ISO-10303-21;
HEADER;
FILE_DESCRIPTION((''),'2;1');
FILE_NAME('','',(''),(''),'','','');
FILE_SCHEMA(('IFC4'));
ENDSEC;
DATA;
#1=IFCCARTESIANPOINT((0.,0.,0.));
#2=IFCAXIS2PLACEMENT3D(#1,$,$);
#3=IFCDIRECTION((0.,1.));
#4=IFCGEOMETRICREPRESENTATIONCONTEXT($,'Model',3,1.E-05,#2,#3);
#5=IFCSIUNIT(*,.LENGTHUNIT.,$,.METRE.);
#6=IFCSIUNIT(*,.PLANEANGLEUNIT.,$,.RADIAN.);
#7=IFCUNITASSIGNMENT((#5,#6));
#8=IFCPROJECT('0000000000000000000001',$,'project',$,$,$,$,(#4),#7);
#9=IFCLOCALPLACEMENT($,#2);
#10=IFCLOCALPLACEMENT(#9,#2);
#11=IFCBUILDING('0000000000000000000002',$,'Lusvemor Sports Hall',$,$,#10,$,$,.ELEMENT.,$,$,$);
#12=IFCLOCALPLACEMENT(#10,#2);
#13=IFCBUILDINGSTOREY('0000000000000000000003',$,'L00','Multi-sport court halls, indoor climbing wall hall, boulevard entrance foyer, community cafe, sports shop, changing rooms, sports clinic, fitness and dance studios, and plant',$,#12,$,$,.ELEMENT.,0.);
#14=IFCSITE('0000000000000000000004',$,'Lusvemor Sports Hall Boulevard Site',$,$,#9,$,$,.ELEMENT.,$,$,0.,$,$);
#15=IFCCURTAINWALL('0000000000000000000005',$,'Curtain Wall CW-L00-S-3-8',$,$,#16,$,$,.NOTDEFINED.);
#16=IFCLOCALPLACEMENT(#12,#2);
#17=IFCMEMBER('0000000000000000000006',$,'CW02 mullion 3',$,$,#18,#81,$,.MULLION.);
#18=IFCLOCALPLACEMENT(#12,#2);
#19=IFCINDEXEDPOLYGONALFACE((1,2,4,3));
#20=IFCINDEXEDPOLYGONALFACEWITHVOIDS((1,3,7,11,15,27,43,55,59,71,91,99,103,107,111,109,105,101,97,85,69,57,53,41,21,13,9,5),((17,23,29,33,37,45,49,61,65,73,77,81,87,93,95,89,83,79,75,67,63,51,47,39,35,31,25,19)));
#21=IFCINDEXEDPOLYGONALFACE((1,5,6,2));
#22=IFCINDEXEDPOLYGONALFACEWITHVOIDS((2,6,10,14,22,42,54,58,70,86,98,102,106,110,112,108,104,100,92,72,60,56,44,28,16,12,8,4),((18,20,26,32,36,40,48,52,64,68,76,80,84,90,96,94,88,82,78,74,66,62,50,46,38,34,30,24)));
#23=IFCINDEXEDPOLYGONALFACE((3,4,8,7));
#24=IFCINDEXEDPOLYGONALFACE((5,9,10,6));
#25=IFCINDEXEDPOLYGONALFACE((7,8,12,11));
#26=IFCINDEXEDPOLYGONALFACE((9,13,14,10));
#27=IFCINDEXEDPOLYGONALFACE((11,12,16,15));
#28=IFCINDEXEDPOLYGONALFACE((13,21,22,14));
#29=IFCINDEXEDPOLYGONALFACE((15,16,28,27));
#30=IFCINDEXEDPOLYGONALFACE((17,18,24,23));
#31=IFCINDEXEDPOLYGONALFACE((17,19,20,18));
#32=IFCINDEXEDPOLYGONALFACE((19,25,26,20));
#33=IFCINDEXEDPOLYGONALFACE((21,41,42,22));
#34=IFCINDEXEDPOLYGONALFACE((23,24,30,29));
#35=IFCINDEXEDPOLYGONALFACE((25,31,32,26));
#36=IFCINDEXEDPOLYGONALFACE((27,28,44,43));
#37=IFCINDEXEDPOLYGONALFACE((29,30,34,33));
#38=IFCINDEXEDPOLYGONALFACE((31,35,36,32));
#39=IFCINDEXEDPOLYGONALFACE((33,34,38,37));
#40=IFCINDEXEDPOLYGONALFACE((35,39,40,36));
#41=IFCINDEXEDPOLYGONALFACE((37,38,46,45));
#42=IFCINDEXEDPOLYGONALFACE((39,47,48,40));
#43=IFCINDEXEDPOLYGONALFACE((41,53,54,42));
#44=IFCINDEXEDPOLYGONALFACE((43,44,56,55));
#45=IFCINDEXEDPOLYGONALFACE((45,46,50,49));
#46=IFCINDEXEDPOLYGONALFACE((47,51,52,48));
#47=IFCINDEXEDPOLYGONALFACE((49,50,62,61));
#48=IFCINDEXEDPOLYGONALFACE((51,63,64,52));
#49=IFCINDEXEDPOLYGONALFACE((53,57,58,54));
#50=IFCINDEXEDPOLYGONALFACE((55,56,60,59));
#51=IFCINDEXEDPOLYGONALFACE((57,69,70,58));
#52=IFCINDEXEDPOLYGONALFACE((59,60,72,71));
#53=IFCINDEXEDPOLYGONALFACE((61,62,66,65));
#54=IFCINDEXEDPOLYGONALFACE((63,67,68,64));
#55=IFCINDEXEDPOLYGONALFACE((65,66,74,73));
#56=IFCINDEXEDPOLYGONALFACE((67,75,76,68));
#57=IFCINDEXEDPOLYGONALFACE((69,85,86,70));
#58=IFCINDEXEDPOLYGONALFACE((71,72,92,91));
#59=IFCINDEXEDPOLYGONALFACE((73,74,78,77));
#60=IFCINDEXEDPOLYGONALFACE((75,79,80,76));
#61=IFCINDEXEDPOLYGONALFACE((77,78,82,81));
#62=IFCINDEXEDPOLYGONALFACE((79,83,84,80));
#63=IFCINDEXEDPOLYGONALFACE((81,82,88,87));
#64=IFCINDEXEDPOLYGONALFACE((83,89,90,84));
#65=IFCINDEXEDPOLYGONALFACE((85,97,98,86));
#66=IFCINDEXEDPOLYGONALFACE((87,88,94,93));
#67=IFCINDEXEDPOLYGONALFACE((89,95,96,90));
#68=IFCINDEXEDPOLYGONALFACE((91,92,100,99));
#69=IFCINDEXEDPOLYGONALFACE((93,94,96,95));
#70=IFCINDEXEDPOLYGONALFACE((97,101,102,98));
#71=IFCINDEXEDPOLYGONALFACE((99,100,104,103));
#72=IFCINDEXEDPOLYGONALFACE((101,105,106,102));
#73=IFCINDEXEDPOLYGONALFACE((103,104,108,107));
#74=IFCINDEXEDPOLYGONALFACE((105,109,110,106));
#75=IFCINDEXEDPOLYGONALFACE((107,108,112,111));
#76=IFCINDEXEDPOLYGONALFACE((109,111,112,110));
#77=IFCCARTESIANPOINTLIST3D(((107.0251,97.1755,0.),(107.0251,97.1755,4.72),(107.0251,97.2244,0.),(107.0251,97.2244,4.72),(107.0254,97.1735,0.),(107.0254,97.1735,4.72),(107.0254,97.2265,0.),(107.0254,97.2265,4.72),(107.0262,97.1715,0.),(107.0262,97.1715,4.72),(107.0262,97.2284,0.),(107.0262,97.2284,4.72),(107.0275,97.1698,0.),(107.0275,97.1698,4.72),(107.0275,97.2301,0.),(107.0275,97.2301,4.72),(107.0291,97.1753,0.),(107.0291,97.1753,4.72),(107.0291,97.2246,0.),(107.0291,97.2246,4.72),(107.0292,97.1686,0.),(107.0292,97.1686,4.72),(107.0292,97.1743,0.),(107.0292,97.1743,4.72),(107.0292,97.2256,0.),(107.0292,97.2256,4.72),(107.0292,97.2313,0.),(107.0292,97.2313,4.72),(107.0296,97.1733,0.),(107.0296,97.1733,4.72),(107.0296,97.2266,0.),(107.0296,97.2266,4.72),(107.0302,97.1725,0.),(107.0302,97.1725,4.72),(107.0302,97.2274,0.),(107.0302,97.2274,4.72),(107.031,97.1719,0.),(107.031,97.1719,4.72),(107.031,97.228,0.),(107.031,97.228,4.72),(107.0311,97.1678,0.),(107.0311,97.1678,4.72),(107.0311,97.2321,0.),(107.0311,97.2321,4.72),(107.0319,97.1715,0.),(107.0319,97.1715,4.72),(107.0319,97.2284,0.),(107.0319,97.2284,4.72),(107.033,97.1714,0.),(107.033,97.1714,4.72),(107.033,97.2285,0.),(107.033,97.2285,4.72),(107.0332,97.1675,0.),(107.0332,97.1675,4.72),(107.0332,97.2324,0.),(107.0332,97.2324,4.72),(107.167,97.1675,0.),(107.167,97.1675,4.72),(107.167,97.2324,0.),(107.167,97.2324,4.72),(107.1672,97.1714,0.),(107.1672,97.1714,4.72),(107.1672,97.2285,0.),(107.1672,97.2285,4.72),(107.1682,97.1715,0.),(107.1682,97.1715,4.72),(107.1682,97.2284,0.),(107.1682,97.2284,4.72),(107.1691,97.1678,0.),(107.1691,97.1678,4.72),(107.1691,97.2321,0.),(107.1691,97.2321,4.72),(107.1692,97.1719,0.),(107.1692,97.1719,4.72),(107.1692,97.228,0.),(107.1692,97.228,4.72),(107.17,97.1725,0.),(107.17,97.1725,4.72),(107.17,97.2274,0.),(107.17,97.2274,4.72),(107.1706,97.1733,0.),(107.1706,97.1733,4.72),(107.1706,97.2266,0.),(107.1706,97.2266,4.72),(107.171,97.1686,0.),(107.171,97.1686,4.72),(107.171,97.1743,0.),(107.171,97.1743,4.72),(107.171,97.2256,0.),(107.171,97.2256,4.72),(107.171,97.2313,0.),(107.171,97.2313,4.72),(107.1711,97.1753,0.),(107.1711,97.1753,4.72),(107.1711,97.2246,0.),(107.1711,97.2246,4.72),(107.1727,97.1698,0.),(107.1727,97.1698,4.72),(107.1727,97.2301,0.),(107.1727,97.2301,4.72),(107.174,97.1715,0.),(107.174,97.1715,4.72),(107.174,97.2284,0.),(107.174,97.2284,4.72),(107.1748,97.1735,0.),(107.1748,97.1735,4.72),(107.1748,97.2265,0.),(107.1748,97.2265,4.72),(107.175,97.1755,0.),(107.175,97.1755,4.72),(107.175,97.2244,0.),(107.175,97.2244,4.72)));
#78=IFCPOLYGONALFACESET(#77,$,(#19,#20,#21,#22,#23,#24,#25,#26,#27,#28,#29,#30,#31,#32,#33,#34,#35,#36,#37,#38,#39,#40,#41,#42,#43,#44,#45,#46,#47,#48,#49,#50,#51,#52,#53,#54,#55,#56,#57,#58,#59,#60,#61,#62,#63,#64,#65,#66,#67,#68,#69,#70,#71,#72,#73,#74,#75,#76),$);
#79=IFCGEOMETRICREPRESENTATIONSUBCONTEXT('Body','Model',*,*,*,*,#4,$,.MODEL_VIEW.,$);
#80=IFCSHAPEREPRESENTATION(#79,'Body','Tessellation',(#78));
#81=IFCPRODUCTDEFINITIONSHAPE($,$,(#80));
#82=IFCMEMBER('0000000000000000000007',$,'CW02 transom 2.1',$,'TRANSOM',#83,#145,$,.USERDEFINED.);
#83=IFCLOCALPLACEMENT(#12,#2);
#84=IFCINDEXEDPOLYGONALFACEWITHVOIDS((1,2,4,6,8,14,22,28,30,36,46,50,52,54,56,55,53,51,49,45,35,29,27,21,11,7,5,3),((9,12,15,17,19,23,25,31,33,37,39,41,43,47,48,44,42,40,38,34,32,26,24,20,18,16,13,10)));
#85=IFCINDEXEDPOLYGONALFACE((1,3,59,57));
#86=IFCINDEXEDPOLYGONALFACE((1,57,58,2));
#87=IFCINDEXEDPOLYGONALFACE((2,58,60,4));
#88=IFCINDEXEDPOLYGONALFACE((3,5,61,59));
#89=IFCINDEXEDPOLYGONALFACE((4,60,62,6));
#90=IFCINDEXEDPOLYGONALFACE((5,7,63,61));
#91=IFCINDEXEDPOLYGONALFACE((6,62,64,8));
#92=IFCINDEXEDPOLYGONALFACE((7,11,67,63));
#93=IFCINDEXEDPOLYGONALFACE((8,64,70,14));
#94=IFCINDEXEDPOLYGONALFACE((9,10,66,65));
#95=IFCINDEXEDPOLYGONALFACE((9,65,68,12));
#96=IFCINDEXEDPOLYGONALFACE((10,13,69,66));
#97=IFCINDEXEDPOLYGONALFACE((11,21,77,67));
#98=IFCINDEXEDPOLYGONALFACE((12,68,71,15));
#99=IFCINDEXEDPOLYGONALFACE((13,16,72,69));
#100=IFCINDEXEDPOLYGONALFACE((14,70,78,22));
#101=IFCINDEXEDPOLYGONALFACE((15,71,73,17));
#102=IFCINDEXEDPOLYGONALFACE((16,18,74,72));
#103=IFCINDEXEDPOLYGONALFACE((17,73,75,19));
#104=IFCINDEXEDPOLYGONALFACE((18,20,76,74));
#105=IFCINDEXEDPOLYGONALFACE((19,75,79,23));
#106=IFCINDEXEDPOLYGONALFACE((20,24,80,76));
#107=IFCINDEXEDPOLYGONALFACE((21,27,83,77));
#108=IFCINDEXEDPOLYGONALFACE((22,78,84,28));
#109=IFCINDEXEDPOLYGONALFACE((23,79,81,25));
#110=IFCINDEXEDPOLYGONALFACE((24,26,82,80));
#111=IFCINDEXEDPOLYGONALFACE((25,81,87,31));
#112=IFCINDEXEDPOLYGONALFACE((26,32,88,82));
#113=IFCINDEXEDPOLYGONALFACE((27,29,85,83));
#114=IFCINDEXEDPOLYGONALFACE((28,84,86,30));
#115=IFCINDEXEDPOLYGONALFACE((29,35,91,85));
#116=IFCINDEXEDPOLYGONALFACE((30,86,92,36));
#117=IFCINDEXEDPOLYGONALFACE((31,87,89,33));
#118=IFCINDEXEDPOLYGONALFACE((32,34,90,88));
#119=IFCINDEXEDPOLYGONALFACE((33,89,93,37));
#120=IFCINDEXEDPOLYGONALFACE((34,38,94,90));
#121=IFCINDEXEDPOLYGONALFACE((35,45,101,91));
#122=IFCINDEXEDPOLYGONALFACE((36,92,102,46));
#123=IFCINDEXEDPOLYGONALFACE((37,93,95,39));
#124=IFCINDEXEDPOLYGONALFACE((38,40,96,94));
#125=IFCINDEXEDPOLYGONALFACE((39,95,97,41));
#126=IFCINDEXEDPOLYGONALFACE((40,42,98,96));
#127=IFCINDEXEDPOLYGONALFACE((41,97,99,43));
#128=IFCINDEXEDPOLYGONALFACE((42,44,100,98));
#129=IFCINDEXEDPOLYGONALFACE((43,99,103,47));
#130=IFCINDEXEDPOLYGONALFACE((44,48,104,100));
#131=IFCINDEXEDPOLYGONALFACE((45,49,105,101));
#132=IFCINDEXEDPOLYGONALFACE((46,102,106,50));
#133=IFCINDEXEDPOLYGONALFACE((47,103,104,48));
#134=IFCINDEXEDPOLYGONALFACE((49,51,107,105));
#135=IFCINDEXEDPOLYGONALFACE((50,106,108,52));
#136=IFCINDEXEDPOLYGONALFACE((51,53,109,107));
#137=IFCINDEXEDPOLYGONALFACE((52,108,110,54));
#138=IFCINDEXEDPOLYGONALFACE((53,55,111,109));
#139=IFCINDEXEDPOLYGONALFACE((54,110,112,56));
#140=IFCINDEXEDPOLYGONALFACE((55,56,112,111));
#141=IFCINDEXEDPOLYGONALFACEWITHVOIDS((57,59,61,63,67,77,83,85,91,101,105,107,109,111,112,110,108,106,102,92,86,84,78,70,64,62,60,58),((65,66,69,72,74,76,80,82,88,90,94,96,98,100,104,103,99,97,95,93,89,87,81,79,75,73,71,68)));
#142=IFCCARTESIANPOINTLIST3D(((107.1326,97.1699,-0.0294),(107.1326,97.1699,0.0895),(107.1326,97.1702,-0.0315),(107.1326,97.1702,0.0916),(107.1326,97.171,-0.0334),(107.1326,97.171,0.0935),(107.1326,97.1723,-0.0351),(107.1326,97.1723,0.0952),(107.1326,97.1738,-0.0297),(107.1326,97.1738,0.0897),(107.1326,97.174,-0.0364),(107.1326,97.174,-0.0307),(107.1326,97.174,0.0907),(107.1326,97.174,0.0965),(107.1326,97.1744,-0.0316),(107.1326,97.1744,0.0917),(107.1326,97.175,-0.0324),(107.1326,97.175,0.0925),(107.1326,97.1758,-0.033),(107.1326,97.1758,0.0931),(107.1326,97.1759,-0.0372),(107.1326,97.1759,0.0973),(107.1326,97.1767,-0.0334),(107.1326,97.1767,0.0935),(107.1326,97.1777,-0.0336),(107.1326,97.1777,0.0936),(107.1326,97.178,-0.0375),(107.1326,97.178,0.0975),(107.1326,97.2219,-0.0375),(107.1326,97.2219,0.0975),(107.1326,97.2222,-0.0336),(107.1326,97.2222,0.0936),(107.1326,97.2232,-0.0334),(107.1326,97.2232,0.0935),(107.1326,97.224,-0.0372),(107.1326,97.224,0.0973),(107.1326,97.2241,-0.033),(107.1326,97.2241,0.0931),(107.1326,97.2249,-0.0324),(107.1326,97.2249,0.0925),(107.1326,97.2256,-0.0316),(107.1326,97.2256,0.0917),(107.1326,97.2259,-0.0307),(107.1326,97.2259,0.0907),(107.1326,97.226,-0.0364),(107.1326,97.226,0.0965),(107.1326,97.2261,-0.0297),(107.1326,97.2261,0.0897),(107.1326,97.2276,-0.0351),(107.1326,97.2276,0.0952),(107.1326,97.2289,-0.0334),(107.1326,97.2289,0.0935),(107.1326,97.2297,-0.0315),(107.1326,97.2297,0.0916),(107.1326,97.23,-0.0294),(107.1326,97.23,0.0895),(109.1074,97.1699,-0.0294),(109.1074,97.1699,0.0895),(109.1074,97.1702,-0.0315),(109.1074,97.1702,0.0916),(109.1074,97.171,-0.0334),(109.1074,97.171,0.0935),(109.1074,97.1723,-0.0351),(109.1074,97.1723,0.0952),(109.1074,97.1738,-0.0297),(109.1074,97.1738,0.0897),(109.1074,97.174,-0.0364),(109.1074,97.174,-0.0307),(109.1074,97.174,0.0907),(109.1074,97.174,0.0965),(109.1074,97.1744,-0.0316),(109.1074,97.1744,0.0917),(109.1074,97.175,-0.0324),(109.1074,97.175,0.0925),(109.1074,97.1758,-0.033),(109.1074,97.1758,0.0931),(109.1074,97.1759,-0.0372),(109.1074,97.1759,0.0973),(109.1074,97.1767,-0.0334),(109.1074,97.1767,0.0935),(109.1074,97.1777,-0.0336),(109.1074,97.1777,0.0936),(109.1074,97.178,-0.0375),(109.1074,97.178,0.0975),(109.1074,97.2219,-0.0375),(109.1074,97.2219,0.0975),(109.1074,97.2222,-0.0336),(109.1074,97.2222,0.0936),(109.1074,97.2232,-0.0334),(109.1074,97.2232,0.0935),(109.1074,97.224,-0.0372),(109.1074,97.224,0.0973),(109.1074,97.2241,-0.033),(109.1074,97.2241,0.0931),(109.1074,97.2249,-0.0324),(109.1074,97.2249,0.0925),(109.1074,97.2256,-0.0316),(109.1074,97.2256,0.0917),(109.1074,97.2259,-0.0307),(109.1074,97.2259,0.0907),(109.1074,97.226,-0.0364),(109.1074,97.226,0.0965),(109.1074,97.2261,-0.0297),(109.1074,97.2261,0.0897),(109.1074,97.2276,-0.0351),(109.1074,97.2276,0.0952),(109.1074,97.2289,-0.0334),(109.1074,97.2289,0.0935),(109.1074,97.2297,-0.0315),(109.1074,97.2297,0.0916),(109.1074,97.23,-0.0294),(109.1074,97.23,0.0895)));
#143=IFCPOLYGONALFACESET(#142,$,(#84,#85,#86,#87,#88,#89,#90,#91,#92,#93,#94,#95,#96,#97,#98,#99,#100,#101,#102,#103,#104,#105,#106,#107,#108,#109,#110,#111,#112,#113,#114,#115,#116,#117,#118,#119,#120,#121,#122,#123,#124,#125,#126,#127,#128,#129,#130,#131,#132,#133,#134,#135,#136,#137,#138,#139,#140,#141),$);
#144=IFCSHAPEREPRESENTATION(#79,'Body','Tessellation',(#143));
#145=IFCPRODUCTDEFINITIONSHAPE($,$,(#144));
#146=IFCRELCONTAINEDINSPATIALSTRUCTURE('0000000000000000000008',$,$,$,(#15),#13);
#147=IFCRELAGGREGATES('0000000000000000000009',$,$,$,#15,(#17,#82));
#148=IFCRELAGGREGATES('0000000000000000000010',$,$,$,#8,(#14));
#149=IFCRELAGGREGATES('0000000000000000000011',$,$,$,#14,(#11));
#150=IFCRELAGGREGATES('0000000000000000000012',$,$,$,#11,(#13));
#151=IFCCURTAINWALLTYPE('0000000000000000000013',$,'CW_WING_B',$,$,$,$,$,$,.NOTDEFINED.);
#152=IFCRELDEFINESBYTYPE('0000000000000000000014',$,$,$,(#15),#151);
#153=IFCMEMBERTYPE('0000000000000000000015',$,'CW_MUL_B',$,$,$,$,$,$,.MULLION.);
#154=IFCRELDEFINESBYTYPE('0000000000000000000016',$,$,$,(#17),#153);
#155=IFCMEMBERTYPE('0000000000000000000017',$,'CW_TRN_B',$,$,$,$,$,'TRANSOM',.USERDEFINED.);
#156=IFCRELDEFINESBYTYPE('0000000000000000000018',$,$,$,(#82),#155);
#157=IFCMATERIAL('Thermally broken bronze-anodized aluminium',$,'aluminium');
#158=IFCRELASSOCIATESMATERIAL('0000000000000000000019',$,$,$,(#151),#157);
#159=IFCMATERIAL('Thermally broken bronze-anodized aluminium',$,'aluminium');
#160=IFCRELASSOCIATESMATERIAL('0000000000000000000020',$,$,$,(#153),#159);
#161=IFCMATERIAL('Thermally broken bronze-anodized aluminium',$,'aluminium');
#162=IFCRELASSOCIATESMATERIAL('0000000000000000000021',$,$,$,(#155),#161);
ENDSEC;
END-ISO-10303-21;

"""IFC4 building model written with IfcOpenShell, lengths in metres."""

from ifc_helpers import new_model, si_unit, direction, frame, origin, origin_2d, place, context, subcontext, project, spatial, hollow_rectangle, extrude, material, material_profile, profile_set, type_object, element, aggregate, save


model = new_model("IFC4")

# Units and contexts
model_context = context("Model", 3, precision=1e-05, world=origin(), true_north=direction((0.0, 1.0)))
body_context = subcontext(model_context, "Body", "Model", "MODEL_VIEW")
ifc_project = project(units=[si_unit("LENGTHUNIT", "METRE"), si_unit("PLANEANGLEUNIT", "RADIAN")], contexts=[model_context])

# Site, building, storey
site_placement = place(None, origin())
site = spatial("IfcSite", under=ifc_project, at=site_placement, Name="Lusvemor Sports Hall Boulevard Site", CompositionType="ELEMENT", RefElevation=0.0)
building_placement = place(site_placement, origin())
building = spatial("IfcBuilding", under=site, at=building_placement, Name="Lusvemor Sports Hall", CompositionType="ELEMENT")
storey_placement = place(building_placement, origin())
storey = spatial("IfcBuildingStorey", under=building, at=storey_placement, Name="L00", Description="Multi-sport court halls, indoor climbing wall hall, boulevard entrance foyer, community cafe, sports shop, changing rooms, sports clinic, fitness and dance studios, and plant", CompositionType="ELEMENT", Elevation=0.0)

# Curtain wall, members
ifc_material_1 = material(Name="Thermally broken bronze-anodized aluminium", Category="aluminium")
curtain_wall_type = type_object("IfcCurtainWallType", Name="CW_WING_B", PredefinedType="NOTDEFINED", material=ifc_material_1)
curtain_wall_placement = place(storey_placement, origin())
curtain_wall = element("IfcCurtainWall", 1, at=curtain_wall_placement, inside=storey, type_object=curtain_wall_type, Name="Curtain Wall CW-L00-S-3-8", PredefinedType="NOTDEFINED")
ifc_material_2 = material(Name="Thermally broken bronze-anodized aluminium", Category="aluminium")
ifc_material_profile_1 = material_profile(ifc_material_2, hollow_rectangle(XDim=0.0649, YDim=0.1499, WallThickness=0.0039, InnerFilletRadius=0.0039, OuterFilletRadius=0.0081, at=origin_2d()), Name="CWMUL150x65x4")
ifc_profile_set_1 = profile_set([ifc_material_profile_1], Name="Thermally broken bronze-anodized aluminium")
member_type_1 = type_object("IfcMemberType", Name="CW_MUL_B", PredefinedType="MULLION", material=ifc_profile_set_1)
member_1_placement = place(storey_placement, frame((107.1001, 97.2, 0.0), z_axis=(0.0, 0.0, 1.0), x_axis=(0.0, -1.0, 0.0)))
member_1 = element("IfcMember", 2, at=member_1_placement, type_object=member_type_1, Name="CW02 mullion 3", PredefinedType="MULLION", context=body_context, shape_type="SweptSolid", body=[
    extrude(hollow_rectangle(XDim=0.0649, YDim=0.1499, WallThickness=0.0039, InnerFilletRadius=0.0039, OuterFilletRadius=0.0081, at=origin_2d()), origin(), (0.0, 0.0, 1.0), 4.72),
])
ifc_material_3 = material(Name="Thermally broken bronze-anodized aluminium", Category="aluminium")
ifc_material_profile_2 = material_profile(ifc_material_3, hollow_rectangle(XDim=0.0601, YDim=0.135, WallThickness=0.0039, InnerFilletRadius=0.0039, OuterFilletRadius=0.0081, at=origin_2d()), Name="CWTRN135x60x4")
ifc_profile_set_2 = profile_set([ifc_material_profile_2], Name="Thermally broken bronze-anodized aluminium")
member_type_2 = type_object("IfcMemberType", Name="CW_TRN_B", ElementType="TRANSOM", PredefinedType="USERDEFINED", material=ifc_profile_set_2)
member_2_placement = place(storey_placement, frame((109.1074, 97.2, 0.03), z_axis=(-1.0, 0.0, 0.0), x_axis=(0.0, -1.0, 0.0)))
member_2 = element("IfcMember", 3, at=member_2_placement, type_object=member_type_2, Name="CW02 transom 2.1", ObjectType="TRANSOM", PredefinedType="USERDEFINED", context=body_context, shape_type="SweptSolid", body=[
    extrude(hollow_rectangle(XDim=0.0601, YDim=0.135, WallThickness=0.0039, InnerFilletRadius=0.0039, OuterFilletRadius=0.0081, at=origin_2d()), origin(), (0.0, 0.0, 1.0), 1.9749),
])
aggregate(curtain_wall, [member_1, member_2])

save(model, "model.ifc")
